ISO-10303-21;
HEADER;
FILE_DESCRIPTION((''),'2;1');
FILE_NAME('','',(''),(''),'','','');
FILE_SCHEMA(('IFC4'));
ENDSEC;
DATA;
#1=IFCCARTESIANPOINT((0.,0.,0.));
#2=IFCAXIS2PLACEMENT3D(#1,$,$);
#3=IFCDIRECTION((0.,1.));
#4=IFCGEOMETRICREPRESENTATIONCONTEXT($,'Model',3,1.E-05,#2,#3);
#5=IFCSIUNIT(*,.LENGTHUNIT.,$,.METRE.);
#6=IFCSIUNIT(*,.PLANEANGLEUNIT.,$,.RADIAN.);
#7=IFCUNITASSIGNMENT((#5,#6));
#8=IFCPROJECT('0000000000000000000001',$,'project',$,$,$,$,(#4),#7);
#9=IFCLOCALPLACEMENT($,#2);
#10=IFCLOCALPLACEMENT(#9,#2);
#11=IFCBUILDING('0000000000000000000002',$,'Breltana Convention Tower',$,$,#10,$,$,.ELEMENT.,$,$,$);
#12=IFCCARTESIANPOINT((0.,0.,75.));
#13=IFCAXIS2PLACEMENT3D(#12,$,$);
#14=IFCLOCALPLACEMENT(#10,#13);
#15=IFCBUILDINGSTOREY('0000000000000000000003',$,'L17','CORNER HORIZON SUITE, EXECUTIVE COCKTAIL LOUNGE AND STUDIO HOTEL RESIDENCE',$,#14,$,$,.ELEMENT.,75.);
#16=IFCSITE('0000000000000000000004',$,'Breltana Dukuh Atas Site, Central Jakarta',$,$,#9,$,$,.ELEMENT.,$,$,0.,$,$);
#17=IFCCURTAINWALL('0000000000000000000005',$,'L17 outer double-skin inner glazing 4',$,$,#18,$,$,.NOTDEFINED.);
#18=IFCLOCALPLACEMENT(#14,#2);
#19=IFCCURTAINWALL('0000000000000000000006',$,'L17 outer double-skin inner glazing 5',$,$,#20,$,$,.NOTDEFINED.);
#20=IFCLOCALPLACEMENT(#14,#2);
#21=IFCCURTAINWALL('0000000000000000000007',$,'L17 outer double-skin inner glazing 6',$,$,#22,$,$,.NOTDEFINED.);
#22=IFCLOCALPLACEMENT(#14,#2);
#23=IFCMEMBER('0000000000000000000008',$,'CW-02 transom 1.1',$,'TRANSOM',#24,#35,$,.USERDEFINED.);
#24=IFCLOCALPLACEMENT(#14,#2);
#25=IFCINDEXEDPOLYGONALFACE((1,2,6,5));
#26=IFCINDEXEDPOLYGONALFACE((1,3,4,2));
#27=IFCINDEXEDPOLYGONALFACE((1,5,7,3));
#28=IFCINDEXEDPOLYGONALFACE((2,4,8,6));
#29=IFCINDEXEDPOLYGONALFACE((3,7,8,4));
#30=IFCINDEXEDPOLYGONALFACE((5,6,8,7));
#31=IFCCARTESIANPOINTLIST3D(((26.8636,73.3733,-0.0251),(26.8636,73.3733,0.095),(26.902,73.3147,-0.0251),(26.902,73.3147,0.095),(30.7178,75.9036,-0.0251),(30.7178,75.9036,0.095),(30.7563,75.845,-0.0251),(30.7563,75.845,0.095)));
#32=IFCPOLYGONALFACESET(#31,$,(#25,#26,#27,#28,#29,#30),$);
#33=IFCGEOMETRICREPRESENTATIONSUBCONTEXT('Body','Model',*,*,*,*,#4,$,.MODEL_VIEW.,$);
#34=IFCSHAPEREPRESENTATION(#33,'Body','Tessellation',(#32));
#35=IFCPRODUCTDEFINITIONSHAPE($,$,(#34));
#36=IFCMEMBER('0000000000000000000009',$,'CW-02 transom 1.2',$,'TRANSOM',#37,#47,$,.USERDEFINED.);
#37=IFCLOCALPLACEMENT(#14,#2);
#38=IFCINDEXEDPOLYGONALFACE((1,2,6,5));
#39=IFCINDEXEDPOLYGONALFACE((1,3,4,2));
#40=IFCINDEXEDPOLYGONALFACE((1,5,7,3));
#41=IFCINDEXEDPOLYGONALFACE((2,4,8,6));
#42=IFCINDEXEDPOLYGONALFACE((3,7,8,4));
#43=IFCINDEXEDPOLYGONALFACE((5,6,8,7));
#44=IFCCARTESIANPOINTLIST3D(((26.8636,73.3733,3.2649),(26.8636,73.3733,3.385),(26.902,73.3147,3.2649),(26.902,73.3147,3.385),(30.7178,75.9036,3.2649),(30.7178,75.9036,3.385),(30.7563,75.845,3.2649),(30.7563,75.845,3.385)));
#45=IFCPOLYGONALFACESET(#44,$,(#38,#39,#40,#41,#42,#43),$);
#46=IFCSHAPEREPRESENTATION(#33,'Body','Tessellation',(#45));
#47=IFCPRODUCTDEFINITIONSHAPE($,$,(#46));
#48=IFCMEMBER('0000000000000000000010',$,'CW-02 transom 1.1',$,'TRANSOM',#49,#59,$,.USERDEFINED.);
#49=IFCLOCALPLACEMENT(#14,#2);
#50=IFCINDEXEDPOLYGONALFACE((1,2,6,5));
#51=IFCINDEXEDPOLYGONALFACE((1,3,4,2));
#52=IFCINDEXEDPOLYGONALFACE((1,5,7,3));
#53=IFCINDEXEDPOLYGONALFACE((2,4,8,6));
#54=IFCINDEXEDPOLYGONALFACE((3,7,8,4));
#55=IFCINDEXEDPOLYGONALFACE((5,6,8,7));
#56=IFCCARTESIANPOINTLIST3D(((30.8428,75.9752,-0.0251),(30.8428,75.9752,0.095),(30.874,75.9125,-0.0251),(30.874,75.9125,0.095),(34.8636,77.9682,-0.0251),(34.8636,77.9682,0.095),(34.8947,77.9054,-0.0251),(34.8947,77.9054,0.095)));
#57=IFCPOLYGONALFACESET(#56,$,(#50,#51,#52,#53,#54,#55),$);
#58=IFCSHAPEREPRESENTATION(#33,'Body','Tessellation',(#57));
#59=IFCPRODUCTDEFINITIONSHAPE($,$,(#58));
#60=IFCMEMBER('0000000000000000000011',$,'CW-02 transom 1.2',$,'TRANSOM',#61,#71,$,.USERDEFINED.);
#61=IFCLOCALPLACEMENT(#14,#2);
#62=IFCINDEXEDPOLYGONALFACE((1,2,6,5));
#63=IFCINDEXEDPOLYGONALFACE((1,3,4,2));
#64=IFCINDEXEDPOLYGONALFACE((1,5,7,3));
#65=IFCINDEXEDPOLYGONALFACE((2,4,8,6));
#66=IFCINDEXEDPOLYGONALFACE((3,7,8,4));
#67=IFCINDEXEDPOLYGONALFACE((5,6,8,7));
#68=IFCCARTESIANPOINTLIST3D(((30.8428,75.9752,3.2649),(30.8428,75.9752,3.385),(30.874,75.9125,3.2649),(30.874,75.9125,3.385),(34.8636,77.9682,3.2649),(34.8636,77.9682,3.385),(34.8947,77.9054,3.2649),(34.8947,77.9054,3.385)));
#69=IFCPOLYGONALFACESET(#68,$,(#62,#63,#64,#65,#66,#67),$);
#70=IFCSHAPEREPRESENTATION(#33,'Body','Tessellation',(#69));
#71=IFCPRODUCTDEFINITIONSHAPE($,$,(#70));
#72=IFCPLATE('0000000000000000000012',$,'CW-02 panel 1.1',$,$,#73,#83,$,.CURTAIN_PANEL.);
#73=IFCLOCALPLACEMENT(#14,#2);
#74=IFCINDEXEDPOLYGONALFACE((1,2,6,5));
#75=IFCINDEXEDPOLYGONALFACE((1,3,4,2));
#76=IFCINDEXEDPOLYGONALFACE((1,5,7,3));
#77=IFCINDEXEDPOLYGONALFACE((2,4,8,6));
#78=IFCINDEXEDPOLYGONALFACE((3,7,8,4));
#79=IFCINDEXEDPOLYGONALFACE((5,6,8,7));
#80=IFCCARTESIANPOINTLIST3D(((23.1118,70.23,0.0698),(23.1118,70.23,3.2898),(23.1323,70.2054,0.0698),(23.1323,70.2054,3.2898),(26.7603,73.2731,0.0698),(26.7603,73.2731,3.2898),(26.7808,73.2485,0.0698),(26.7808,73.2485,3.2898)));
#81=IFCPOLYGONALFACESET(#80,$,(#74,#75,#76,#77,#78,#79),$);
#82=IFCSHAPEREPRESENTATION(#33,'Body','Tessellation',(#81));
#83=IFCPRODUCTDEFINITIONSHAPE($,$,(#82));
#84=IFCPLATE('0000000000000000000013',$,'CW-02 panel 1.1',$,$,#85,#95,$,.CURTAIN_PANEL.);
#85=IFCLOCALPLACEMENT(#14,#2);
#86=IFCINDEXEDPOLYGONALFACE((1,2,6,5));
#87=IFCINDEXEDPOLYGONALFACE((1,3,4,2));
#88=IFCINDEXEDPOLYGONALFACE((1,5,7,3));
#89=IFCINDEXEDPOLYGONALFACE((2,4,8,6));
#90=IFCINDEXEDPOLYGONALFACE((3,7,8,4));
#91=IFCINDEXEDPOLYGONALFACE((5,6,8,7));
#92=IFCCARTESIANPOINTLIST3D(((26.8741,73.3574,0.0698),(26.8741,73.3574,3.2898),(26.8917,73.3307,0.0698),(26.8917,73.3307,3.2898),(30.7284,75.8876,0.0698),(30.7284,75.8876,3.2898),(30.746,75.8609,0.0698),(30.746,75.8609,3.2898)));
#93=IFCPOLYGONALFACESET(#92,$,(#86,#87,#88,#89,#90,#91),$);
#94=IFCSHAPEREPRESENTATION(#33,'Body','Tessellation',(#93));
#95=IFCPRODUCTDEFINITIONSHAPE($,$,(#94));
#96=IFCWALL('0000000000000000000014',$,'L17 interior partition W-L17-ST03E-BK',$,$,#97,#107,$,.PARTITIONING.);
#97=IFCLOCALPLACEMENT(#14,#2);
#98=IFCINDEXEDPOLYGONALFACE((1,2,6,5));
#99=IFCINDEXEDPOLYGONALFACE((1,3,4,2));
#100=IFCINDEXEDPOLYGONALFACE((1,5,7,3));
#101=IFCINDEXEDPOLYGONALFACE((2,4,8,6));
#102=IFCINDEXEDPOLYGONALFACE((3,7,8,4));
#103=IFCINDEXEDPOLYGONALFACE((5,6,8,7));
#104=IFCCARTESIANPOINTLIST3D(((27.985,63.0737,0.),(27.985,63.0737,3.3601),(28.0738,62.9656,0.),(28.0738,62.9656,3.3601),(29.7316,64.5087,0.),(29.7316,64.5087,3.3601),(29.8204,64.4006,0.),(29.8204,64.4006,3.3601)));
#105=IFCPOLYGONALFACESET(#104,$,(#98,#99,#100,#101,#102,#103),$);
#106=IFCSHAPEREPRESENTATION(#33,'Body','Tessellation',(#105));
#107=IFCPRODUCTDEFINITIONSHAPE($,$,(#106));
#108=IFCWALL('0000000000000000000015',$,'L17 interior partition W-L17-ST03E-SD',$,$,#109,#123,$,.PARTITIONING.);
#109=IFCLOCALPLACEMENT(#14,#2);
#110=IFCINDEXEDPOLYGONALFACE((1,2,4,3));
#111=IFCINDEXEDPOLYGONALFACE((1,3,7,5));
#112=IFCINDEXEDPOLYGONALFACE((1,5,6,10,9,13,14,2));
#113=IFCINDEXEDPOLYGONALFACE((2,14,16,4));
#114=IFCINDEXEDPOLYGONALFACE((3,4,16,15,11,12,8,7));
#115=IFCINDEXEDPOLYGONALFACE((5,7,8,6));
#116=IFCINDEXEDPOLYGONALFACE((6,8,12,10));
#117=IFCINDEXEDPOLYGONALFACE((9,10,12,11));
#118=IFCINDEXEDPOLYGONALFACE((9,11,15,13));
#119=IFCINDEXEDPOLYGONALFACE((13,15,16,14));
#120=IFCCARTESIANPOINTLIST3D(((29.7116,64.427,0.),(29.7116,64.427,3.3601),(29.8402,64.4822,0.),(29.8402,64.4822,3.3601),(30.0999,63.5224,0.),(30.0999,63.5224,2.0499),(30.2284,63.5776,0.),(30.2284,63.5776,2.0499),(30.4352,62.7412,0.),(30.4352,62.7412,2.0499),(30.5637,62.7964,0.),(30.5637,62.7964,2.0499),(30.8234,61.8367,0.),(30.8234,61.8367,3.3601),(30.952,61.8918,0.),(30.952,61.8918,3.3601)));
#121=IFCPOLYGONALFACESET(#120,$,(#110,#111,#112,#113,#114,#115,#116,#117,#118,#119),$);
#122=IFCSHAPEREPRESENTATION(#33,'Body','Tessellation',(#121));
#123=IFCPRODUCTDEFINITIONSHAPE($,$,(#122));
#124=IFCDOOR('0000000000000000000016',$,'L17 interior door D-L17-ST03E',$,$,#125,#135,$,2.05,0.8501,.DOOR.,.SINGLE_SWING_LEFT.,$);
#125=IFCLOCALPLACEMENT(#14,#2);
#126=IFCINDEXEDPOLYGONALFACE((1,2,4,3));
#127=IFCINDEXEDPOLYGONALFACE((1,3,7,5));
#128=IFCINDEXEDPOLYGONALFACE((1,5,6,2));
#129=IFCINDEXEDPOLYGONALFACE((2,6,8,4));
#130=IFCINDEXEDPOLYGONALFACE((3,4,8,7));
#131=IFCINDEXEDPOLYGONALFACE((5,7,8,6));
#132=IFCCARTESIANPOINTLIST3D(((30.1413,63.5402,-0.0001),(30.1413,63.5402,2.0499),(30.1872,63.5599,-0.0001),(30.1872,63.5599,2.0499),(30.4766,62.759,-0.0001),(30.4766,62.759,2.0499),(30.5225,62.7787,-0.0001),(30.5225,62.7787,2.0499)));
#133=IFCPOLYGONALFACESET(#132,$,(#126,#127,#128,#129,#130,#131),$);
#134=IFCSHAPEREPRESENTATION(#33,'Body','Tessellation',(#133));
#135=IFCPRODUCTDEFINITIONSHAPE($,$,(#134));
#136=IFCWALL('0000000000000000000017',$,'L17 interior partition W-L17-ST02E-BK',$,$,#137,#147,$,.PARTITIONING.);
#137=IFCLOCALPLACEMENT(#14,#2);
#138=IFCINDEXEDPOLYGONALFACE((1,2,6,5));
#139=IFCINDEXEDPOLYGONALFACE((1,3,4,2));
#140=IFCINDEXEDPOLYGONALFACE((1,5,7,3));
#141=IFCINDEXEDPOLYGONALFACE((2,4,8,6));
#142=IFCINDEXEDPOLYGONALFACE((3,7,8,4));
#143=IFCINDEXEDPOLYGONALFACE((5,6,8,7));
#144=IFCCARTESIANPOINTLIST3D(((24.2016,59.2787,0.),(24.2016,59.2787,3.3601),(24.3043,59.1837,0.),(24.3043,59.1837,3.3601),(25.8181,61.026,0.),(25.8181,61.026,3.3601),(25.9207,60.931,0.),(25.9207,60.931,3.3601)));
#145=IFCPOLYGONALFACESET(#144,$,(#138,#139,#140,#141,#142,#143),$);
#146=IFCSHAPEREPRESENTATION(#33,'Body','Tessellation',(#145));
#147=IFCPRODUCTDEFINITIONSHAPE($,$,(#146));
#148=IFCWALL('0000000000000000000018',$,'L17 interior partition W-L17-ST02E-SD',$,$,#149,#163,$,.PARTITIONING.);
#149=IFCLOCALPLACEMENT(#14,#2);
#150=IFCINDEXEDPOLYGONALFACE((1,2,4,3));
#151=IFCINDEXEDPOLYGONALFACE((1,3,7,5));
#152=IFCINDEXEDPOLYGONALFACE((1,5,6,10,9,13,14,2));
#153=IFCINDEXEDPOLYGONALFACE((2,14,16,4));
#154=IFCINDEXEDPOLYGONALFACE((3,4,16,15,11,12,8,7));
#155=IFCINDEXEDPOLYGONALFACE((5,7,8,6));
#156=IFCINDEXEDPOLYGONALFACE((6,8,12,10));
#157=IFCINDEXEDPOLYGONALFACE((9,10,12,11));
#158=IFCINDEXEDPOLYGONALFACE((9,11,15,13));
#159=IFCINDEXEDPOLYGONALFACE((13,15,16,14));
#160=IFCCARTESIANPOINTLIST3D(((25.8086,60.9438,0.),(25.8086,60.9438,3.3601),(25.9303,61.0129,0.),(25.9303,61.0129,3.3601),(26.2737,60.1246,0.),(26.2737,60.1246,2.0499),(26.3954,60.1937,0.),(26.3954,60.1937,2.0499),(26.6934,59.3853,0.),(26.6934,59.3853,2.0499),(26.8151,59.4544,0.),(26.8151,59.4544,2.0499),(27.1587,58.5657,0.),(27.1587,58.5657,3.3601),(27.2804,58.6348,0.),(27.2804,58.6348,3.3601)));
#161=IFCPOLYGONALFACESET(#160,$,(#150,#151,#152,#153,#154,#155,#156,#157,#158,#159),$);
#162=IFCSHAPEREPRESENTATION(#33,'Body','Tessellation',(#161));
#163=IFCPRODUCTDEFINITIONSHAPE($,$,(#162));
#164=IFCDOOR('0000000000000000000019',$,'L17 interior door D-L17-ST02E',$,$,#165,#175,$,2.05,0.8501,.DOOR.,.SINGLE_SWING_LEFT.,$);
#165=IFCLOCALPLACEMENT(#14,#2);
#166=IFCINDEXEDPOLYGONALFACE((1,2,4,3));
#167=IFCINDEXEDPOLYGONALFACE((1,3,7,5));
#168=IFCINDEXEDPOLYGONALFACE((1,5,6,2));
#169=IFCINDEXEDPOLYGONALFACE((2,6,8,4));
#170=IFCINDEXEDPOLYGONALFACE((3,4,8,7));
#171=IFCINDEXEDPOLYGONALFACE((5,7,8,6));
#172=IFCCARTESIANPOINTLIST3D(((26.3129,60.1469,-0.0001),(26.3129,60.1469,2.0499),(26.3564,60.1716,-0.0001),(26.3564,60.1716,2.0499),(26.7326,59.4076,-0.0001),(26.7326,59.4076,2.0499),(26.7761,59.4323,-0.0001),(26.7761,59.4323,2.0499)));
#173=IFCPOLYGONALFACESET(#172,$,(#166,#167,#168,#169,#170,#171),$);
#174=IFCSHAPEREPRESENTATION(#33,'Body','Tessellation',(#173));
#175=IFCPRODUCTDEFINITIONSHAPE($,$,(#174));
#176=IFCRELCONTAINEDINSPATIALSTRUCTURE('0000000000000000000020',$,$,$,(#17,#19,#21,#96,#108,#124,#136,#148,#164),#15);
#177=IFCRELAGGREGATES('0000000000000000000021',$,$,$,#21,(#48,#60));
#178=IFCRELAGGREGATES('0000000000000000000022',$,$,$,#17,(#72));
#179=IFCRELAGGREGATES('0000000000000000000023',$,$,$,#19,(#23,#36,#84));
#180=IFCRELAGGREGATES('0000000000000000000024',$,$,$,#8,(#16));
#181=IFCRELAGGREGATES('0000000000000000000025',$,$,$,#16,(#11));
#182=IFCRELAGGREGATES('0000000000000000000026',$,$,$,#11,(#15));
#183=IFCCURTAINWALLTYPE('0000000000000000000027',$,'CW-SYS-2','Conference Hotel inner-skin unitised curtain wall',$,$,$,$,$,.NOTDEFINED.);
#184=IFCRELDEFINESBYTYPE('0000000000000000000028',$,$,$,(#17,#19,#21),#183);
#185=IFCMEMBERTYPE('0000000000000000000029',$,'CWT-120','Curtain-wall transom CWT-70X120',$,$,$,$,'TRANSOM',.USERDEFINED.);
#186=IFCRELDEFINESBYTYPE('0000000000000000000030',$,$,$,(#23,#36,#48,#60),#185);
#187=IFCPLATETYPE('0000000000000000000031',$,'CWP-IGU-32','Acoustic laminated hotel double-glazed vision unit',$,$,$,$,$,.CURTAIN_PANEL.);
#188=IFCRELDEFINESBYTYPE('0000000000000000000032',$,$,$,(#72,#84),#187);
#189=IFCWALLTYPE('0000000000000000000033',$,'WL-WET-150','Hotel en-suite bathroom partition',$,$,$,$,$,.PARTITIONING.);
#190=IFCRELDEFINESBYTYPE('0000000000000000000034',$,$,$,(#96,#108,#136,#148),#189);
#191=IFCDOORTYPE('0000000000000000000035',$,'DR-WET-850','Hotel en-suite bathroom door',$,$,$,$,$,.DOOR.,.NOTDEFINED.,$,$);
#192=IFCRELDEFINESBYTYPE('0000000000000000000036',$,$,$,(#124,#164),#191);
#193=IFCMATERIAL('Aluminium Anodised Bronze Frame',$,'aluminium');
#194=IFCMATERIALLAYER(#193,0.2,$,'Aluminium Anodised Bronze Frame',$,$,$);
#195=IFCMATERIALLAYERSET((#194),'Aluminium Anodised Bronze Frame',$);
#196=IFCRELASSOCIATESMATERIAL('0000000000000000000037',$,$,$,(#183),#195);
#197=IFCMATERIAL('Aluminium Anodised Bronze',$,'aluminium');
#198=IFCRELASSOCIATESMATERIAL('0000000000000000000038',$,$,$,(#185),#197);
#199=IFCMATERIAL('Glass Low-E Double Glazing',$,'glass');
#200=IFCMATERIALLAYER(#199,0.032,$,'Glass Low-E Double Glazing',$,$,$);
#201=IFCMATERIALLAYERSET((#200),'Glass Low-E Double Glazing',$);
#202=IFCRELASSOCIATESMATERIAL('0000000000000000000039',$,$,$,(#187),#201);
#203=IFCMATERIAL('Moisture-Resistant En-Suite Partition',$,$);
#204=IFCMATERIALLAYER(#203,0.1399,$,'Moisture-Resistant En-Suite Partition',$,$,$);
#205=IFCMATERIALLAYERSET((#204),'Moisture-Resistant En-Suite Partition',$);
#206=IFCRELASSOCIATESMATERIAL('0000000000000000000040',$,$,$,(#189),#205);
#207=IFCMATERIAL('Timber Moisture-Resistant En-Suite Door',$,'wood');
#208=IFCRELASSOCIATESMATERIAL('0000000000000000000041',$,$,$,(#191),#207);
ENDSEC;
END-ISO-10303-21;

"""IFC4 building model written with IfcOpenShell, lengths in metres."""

from ifc_helpers import new_model, si_unit, direction, frame, frame_2d, origin, origin_2d, place, context, subcontext, project, spatial, rectangle, extrude, source, transform, mapped, material, layer, layer_set, material_profile, profile_set, type_object, type_shapes, element, fill, aggregate, save


model = new_model("IFC4")

# Units and contexts
model_context = context("Model", 3, precision=1e-05, world=origin(), true_north=direction((0.0, 1.0)))
body_context = subcontext(model_context, "Body", "Model", "MODEL_VIEW")
ifc_project = project(units=[si_unit("LENGTHUNIT", "METRE"), si_unit("PLANEANGLEUNIT", "RADIAN")], contexts=[model_context])

# Site, building, storey
site_placement = place(None, origin())
site = spatial("IfcSite", under=ifc_project, at=site_placement, Name="Breltana Dukuh Atas Site, Central Jakarta", CompositionType="ELEMENT", RefElevation=0.0)
building_placement = place(site_placement, origin())
building = spatial("IfcBuilding", under=site, at=building_placement, Name="Breltana Convention Tower", CompositionType="ELEMENT")
storey_placement = place(building_placement, frame((0.0, 0.0, 75.0)))
storey = spatial("IfcBuildingStorey", under=building, at=storey_placement, Name="L17", Description="CORNER HORIZON SUITE, EXECUTIVE COCKTAIL LOUNGE AND STUDIO HOTEL RESIDENCE", CompositionType="ELEMENT", Elevation=75.0)

# Shared definitions
ifc_material_1 = material(Name="Aluminium Anodised Bronze Frame", Category="aluminium")
ifc_layer_1 = layer(ifc_material_1, 0.2, Name="Aluminium Anodised Bronze Frame")
ifc_layer_set_1 = layer_set([ifc_layer_1], Name="Aluminium Anodised Bronze Frame")
curtain_wall_type = type_object("IfcCurtainWallType", Name="CW-SYS-2", Description="Conference Hotel inner-skin unitised curtain wall", PredefinedType="NOTDEFINED", material=ifc_layer_set_1)
ifc_material_2 = material(Name="Aluminium Anodised Bronze", Category="aluminium")

# Curtain walls
curtain_wall_1_placement = place(storey_placement, origin())
curtain_wall_1 = element("IfcCurtainWall", 1, at=curtain_wall_1_placement, inside=storey, type_object=curtain_wall_type, Name="L17 outer double-skin inner glazing 4", PredefinedType="NOTDEFINED")
curtain_wall_2_placement = place(storey_placement, origin())
curtain_wall_2 = element("IfcCurtainWall", 2, at=curtain_wall_2_placement, inside=storey, type_object=curtain_wall_type, Name="L17 outer double-skin inner glazing 5", PredefinedType="NOTDEFINED")

# Curtain wall
curtain_wall_3_placement = place(storey_placement, origin())
curtain_wall_3 = element("IfcCurtainWall", 3, at=curtain_wall_3_placement, inside=storey, type_object=curtain_wall_type, Name="L17 outer double-skin inner glazing 6", PredefinedType="NOTDEFINED")

# Members
ifc_material_profile_1 = material_profile(ifc_material_2, rectangle(XDim=0.0701, YDim=0.1201, at=origin_2d()), Name="CWT-70X120")
ifc_profile_set_1 = profile_set([ifc_material_profile_1], Name="Aluminium Anodised Bronze")
member_type_1 = type_object("IfcMemberType", Name="CWT-120", Description="Curtain-wall transom CWT-70X120", ElementType="TRANSOM", PredefinedType="USERDEFINED", material=ifc_profile_set_1)
shared_shape_1 = source(origin(), body_context, "Body", "SweptSolid", [
    extrude(rectangle(XDim=0.0701, YDim=0.1201, at=origin_2d()), origin(), (0.0, 0.0, 1.0), 4.6106),
])
member_1_placement = place(storey_placement, frame((26.8828, 73.344, 0.0349), z_axis=(0.835956, 0.548796, 0.0), x_axis=(-0.548796, 0.835956, 0.0)))
member_1 = element("IfcMember", 4, at=member_1_placement, type_object=member_type_1, Name="CW-02 transom 1.1", ObjectType="TRANSOM", PredefinedType="USERDEFINED", context=body_context, shape_type="MappedRepresentation", body=[
    mapped(shared_shape_1, transform((0.0, 0.0, 0.0), scale=1.0)),
])
member_2_placement = place(storey_placement, frame((26.8828, 73.344, 3.325), z_axis=(0.835956, 0.548796, 0.0), x_axis=(-0.548796, 0.835956, 0.0)))
member_2 = element("IfcMember", 5, at=member_2_placement, type_object=member_type_1, Name="CW-02 transom 1.2", ObjectType="TRANSOM", PredefinedType="USERDEFINED", context=body_context, shape_type="MappedRepresentation", body=[
    mapped(shared_shape_1, transform((0.0, 0.0, 0.0), scale=1.0)),
])
shared_shape_2 = source(origin(), body_context, "Body", "SweptSolid", [
    extrude(rectangle(XDim=0.0701, YDim=0.1201, at=origin_2d()), origin(), (0.0, 0.0, 1.0), 4.4875),
])
member_3_placement = place(storey_placement, frame((30.8584, 75.9438, 0.0349), z_axis=(0.895978, 0.444099, 0.0), x_axis=(-0.444099, 0.895978, 0.0)))
member_3 = element("IfcMember", 6, at=member_3_placement, type_object=member_type_1, Name="CW-02 transom 1.1", ObjectType="TRANSOM", PredefinedType="USERDEFINED", context=body_context, shape_type="MappedRepresentation", body=[
    mapped(shared_shape_2, transform((0.0, 0.0, 0.0), scale=1.0)),
])
member_4_placement = place(storey_placement, frame((30.8584, 75.9438, 3.325), z_axis=(0.895978, 0.444099, 0.0), x_axis=(-0.444099, 0.895978, 0.0)))
member_4 = element("IfcMember", 7, at=member_4_placement, type_object=member_type_1, Name="CW-02 transom 1.2", ObjectType="TRANSOM", PredefinedType="USERDEFINED", context=body_context, shape_type="MappedRepresentation", body=[
    mapped(shared_shape_2, transform((0.0, 0.0, 0.0), scale=1.0)),
])
aggregate(curtain_wall_3, [member_3, member_4])

# Plates
ifc_material_3 = material(Name="Glass Low-E Double Glazing", Category="glass")
ifc_layer_2 = layer(ifc_material_3, 0.032, Name="Glass Low-E Double Glazing")
ifc_layer_set_2 = layer_set([ifc_layer_2], Name="Glass Low-E Double Glazing")
plate_type = type_object("IfcPlateType", Name="CWP-IGU-32", Description="Acoustic laminated hotel double-glazed vision unit", PredefinedType="CURTAIN_PANEL", material=ifc_layer_set_2)
shared_shape_3 = source(origin(), body_context, "Body", "SweptSolid", [
    extrude(rectangle(XDim=4.751, YDim=0.032, at=origin_2d()), origin(), (0.0, 0.0, 1.0), 3.22),
])
plate_1_placement = place(storey_placement, frame((24.9463, 71.7393, 0.0698), z_axis=(0.0, 0.0, 1.0), x_axis=(0.767941, 0.64052, 0.0)))
plate_1 = element("IfcPlate", 8, at=plate_1_placement, type_object=plate_type, Name="CW-02 panel 1.1", PredefinedType="CURTAIN_PANEL", context=body_context, shape_type="MappedRepresentation", body=[
    mapped(shared_shape_3, transform((0.0, 0.0, 0.0), scale=1.0)),
])
aggregate(curtain_wall_1, [plate_1])
shared_shape_4 = source(origin(), body_context, "Body", "SweptSolid", [
    extrude(rectangle(XDim=4.6106, YDim=0.032, at=origin_2d()), origin(), (0.0, 0.0, 1.0), 3.22),
])
plate_2_placement = place(storey_placement, frame((28.8101, 74.6091, 0.0698), z_axis=(0.0, 0.0, 1.0), x_axis=(0.835964, 0.548784, 0.0)))
plate_2 = element("IfcPlate", 9, at=plate_2_placement, type_object=plate_type, Name="CW-02 panel 1.1", PredefinedType="CURTAIN_PANEL", context=body_context, shape_type="MappedRepresentation", body=[
    mapped(shared_shape_4, transform((0.0, 0.0, 0.0), scale=1.0)),
])
aggregate(curtain_wall_2, [member_1, member_2, plate_2])

# Wall
ifc_material_4 = material(Name="Moisture-Resistant En-Suite Partition")
ifc_layer_3 = layer(ifc_material_4, 0.1399, Name="Moisture-Resistant En-Suite Partition")
ifc_layer_set_3 = layer_set([ifc_layer_3], Name="Moisture-Resistant En-Suite Partition")
wall_type_1 = type_object("IfcWallType", Name="WL-WET-150", Description="Hotel en-suite bathroom partition", PredefinedType="PARTITIONING", material=ifc_layer_set_3)
shared_shape_5 = source(origin(), body_context, "Body", "SweptSolid", [
    extrude(rectangle(XDim=2.2605, YDim=0.1399, at=frame_2d((1.1304, 0.0))), origin(), (0.0, 0.0, 1.0), 3.3601),
])
wall_1_placement = place(storey_placement, frame((28.0293, 63.0195, 0.0), z_axis=(0.0, 0.0, 1.0), x_axis=(0.772647, 0.634836, 0.0)))
element("IfcWall", 10, at=wall_1_placement, inside=storey, type_object=wall_type_1, Name="L17 interior partition W-L17-ST03E-BK", PredefinedType="PARTITIONING", context=body_context, shape_type="MappedRepresentation", body=[
    mapped(shared_shape_5, transform((0.0, 0.0, 0.0), scale=1.0)),
])

# Wall, opening, door
shared_shape_6 = source(origin(), body_context, "Body", "SweptSolid", [
    extrude(rectangle(XDim=2.8188, YDim=0.1399, at=frame_2d((1.4094, 0.0))), origin(), (0.0, 0.0, 1.0), 3.3601),
])
wall_2_placement = place(storey_placement, frame((30.8877, 61.8643, 0.0), z_axis=(0.0, 0.0, 1.0), x_axis=(-0.394421, 0.91893, 0.0)))
wall_2 = element("IfcWall", 11, at=wall_2_placement, inside=storey, type_object=wall_type_1, Name="L17 interior partition W-L17-ST03E-SD", PredefinedType="PARTITIONING", context=body_context, shape_type="MappedRepresentation", body=[
    mapped(shared_shape_6, transform((0.0, 0.0, 0.0), scale=1.0)),
])
opening_1_placement = place(wall_2_placement, frame((0.9844, 0.0, 0.0)))
opening_1 = element("IfcOpeningElement", 12, at=opening_1_placement, cuts=wall_2, PredefinedType="OPENING", context=body_context, shape_type="SweptSolid", body=[
    extrude(rectangle(XDim=0.8501, YDim=2.05, at=frame_2d((0.425, 1.0249))), frame((0.0, 0.0801, 0.0), z_axis=(0.0, -1.0, 0.0), x_axis=(1.0, 0.0, 0.0)), (0.0, 0.0, 1.0), 0.1599),
])
ifc_material_5 = material(Name="Timber Moisture-Resistant En-Suite Door", Category="wood")
door_type_1 = type_object("IfcDoorType", Name="DR-WET-850", Description="Hotel en-suite bathroom door", OperationType="NOTDEFINED", PredefinedType="DOOR", material=ifc_material_5)
shared_shape_7 = source(origin(), body_context, "Body", "SweptSolid", [
    extrude(rectangle(XDim=0.8501, YDim=2.05, at=frame_2d((0.425, 1.0249))), frame((0.0, 0.0249, 0.0), z_axis=(0.0, -1.0, 0.0), x_axis=(1.0, 0.0, 0.0)), (0.0, 0.0, 1.0), 0.05),
])
type_shapes(door_type_1, [shared_shape_7])
door_1_placement = place(opening_1_placement, origin())
door_1 = element("IfcDoor", 13, at=door_1_placement, inside=storey, type_object=door_type_1, Name="L17 interior door D-L17-ST03E", OperationType="SINGLE_SWING_LEFT", OverallHeight=2.05, OverallWidth=0.8501, PredefinedType="DOOR", context=body_context, shape_type="MappedRepresentation", body=[
    mapped(shared_shape_7, transform((0.0, 0.0, 0.0), scale=1.0)),
])
fill(opening_1, door_1)

# Wall
shared_shape_8 = source(origin(), body_context, "Body", "SweptSolid", [
    extrude(rectangle(XDim=2.3804, YDim=0.1399, at=frame_2d((1.1902, 0.0))), origin(), (0.0, 0.0, 1.0), 3.3601),
])
wall_3_placement = place(storey_placement, frame((24.2529, 59.2312, 0.0), z_axis=(0.0, 0.0, 1.0), x_axis=(0.679085, 0.73406, 0.0)))
element("IfcWall", 14, at=wall_3_placement, inside=storey, type_object=wall_type_1, Name="L17 interior partition W-L17-ST02E-BK", PredefinedType="PARTITIONING", context=body_context, shape_type="MappedRepresentation", body=[
    mapped(shared_shape_8, transform((0.0, 0.0, 0.0), scale=1.0)),
])

# Wall, opening, door
shared_shape_9 = source(origin(), body_context, "Body", "SweptSolid", [
    extrude(rectangle(XDim=2.7346, YDim=0.1399, at=frame_2d((1.3672, 0.0))), origin(), (0.0, 0.0, 1.0), 3.3601),
])
wall_4_placement = place(storey_placement, frame((27.2195, 58.6003, 0.0), z_axis=(0.0, 0.0, 1.0), x_axis=(-0.493695, 0.869635, 0.0)))
wall_4 = element("IfcWall", 15, at=wall_4_placement, inside=storey, type_object=wall_type_1, Name="L17 interior partition W-L17-ST02E-SD", PredefinedType="PARTITIONING", context=body_context, shape_type="MappedRepresentation", body=[
    mapped(shared_shape_9, transform((0.0, 0.0, 0.0), scale=1.0)),
])
opening_2_placement = place(wall_4_placement, frame((0.9424, 0.0, 0.0)))
opening_2 = element("IfcOpeningElement", 16, at=opening_2_placement, cuts=wall_4, PredefinedType="OPENING", context=body_context, shape_type="SweptSolid", body=[
    extrude(rectangle(XDim=0.8501, YDim=2.05, at=frame_2d((0.425, 1.0249))), frame((0.0, 0.0801, 0.0), z_axis=(0.0, -1.0, 0.0), x_axis=(1.0, 0.0, 0.0)), (0.0, 0.0, 1.0), 0.1599),
])
door_2_placement = place(opening_2_placement, origin())
door_2 = element("IfcDoor", 17, at=door_2_placement, inside=storey, type_object=door_type_1, Name="L17 interior door D-L17-ST02E", OperationType="SINGLE_SWING_LEFT", OverallHeight=2.05, OverallWidth=0.8501, PredefinedType="DOOR", context=body_context, shape_type="MappedRepresentation", body=[
    mapped(shared_shape_7, transform((0.0, 0.0, 0.0), scale=1.0)),
])
fill(opening_2, door_2)

save(model, "model.ifc")
